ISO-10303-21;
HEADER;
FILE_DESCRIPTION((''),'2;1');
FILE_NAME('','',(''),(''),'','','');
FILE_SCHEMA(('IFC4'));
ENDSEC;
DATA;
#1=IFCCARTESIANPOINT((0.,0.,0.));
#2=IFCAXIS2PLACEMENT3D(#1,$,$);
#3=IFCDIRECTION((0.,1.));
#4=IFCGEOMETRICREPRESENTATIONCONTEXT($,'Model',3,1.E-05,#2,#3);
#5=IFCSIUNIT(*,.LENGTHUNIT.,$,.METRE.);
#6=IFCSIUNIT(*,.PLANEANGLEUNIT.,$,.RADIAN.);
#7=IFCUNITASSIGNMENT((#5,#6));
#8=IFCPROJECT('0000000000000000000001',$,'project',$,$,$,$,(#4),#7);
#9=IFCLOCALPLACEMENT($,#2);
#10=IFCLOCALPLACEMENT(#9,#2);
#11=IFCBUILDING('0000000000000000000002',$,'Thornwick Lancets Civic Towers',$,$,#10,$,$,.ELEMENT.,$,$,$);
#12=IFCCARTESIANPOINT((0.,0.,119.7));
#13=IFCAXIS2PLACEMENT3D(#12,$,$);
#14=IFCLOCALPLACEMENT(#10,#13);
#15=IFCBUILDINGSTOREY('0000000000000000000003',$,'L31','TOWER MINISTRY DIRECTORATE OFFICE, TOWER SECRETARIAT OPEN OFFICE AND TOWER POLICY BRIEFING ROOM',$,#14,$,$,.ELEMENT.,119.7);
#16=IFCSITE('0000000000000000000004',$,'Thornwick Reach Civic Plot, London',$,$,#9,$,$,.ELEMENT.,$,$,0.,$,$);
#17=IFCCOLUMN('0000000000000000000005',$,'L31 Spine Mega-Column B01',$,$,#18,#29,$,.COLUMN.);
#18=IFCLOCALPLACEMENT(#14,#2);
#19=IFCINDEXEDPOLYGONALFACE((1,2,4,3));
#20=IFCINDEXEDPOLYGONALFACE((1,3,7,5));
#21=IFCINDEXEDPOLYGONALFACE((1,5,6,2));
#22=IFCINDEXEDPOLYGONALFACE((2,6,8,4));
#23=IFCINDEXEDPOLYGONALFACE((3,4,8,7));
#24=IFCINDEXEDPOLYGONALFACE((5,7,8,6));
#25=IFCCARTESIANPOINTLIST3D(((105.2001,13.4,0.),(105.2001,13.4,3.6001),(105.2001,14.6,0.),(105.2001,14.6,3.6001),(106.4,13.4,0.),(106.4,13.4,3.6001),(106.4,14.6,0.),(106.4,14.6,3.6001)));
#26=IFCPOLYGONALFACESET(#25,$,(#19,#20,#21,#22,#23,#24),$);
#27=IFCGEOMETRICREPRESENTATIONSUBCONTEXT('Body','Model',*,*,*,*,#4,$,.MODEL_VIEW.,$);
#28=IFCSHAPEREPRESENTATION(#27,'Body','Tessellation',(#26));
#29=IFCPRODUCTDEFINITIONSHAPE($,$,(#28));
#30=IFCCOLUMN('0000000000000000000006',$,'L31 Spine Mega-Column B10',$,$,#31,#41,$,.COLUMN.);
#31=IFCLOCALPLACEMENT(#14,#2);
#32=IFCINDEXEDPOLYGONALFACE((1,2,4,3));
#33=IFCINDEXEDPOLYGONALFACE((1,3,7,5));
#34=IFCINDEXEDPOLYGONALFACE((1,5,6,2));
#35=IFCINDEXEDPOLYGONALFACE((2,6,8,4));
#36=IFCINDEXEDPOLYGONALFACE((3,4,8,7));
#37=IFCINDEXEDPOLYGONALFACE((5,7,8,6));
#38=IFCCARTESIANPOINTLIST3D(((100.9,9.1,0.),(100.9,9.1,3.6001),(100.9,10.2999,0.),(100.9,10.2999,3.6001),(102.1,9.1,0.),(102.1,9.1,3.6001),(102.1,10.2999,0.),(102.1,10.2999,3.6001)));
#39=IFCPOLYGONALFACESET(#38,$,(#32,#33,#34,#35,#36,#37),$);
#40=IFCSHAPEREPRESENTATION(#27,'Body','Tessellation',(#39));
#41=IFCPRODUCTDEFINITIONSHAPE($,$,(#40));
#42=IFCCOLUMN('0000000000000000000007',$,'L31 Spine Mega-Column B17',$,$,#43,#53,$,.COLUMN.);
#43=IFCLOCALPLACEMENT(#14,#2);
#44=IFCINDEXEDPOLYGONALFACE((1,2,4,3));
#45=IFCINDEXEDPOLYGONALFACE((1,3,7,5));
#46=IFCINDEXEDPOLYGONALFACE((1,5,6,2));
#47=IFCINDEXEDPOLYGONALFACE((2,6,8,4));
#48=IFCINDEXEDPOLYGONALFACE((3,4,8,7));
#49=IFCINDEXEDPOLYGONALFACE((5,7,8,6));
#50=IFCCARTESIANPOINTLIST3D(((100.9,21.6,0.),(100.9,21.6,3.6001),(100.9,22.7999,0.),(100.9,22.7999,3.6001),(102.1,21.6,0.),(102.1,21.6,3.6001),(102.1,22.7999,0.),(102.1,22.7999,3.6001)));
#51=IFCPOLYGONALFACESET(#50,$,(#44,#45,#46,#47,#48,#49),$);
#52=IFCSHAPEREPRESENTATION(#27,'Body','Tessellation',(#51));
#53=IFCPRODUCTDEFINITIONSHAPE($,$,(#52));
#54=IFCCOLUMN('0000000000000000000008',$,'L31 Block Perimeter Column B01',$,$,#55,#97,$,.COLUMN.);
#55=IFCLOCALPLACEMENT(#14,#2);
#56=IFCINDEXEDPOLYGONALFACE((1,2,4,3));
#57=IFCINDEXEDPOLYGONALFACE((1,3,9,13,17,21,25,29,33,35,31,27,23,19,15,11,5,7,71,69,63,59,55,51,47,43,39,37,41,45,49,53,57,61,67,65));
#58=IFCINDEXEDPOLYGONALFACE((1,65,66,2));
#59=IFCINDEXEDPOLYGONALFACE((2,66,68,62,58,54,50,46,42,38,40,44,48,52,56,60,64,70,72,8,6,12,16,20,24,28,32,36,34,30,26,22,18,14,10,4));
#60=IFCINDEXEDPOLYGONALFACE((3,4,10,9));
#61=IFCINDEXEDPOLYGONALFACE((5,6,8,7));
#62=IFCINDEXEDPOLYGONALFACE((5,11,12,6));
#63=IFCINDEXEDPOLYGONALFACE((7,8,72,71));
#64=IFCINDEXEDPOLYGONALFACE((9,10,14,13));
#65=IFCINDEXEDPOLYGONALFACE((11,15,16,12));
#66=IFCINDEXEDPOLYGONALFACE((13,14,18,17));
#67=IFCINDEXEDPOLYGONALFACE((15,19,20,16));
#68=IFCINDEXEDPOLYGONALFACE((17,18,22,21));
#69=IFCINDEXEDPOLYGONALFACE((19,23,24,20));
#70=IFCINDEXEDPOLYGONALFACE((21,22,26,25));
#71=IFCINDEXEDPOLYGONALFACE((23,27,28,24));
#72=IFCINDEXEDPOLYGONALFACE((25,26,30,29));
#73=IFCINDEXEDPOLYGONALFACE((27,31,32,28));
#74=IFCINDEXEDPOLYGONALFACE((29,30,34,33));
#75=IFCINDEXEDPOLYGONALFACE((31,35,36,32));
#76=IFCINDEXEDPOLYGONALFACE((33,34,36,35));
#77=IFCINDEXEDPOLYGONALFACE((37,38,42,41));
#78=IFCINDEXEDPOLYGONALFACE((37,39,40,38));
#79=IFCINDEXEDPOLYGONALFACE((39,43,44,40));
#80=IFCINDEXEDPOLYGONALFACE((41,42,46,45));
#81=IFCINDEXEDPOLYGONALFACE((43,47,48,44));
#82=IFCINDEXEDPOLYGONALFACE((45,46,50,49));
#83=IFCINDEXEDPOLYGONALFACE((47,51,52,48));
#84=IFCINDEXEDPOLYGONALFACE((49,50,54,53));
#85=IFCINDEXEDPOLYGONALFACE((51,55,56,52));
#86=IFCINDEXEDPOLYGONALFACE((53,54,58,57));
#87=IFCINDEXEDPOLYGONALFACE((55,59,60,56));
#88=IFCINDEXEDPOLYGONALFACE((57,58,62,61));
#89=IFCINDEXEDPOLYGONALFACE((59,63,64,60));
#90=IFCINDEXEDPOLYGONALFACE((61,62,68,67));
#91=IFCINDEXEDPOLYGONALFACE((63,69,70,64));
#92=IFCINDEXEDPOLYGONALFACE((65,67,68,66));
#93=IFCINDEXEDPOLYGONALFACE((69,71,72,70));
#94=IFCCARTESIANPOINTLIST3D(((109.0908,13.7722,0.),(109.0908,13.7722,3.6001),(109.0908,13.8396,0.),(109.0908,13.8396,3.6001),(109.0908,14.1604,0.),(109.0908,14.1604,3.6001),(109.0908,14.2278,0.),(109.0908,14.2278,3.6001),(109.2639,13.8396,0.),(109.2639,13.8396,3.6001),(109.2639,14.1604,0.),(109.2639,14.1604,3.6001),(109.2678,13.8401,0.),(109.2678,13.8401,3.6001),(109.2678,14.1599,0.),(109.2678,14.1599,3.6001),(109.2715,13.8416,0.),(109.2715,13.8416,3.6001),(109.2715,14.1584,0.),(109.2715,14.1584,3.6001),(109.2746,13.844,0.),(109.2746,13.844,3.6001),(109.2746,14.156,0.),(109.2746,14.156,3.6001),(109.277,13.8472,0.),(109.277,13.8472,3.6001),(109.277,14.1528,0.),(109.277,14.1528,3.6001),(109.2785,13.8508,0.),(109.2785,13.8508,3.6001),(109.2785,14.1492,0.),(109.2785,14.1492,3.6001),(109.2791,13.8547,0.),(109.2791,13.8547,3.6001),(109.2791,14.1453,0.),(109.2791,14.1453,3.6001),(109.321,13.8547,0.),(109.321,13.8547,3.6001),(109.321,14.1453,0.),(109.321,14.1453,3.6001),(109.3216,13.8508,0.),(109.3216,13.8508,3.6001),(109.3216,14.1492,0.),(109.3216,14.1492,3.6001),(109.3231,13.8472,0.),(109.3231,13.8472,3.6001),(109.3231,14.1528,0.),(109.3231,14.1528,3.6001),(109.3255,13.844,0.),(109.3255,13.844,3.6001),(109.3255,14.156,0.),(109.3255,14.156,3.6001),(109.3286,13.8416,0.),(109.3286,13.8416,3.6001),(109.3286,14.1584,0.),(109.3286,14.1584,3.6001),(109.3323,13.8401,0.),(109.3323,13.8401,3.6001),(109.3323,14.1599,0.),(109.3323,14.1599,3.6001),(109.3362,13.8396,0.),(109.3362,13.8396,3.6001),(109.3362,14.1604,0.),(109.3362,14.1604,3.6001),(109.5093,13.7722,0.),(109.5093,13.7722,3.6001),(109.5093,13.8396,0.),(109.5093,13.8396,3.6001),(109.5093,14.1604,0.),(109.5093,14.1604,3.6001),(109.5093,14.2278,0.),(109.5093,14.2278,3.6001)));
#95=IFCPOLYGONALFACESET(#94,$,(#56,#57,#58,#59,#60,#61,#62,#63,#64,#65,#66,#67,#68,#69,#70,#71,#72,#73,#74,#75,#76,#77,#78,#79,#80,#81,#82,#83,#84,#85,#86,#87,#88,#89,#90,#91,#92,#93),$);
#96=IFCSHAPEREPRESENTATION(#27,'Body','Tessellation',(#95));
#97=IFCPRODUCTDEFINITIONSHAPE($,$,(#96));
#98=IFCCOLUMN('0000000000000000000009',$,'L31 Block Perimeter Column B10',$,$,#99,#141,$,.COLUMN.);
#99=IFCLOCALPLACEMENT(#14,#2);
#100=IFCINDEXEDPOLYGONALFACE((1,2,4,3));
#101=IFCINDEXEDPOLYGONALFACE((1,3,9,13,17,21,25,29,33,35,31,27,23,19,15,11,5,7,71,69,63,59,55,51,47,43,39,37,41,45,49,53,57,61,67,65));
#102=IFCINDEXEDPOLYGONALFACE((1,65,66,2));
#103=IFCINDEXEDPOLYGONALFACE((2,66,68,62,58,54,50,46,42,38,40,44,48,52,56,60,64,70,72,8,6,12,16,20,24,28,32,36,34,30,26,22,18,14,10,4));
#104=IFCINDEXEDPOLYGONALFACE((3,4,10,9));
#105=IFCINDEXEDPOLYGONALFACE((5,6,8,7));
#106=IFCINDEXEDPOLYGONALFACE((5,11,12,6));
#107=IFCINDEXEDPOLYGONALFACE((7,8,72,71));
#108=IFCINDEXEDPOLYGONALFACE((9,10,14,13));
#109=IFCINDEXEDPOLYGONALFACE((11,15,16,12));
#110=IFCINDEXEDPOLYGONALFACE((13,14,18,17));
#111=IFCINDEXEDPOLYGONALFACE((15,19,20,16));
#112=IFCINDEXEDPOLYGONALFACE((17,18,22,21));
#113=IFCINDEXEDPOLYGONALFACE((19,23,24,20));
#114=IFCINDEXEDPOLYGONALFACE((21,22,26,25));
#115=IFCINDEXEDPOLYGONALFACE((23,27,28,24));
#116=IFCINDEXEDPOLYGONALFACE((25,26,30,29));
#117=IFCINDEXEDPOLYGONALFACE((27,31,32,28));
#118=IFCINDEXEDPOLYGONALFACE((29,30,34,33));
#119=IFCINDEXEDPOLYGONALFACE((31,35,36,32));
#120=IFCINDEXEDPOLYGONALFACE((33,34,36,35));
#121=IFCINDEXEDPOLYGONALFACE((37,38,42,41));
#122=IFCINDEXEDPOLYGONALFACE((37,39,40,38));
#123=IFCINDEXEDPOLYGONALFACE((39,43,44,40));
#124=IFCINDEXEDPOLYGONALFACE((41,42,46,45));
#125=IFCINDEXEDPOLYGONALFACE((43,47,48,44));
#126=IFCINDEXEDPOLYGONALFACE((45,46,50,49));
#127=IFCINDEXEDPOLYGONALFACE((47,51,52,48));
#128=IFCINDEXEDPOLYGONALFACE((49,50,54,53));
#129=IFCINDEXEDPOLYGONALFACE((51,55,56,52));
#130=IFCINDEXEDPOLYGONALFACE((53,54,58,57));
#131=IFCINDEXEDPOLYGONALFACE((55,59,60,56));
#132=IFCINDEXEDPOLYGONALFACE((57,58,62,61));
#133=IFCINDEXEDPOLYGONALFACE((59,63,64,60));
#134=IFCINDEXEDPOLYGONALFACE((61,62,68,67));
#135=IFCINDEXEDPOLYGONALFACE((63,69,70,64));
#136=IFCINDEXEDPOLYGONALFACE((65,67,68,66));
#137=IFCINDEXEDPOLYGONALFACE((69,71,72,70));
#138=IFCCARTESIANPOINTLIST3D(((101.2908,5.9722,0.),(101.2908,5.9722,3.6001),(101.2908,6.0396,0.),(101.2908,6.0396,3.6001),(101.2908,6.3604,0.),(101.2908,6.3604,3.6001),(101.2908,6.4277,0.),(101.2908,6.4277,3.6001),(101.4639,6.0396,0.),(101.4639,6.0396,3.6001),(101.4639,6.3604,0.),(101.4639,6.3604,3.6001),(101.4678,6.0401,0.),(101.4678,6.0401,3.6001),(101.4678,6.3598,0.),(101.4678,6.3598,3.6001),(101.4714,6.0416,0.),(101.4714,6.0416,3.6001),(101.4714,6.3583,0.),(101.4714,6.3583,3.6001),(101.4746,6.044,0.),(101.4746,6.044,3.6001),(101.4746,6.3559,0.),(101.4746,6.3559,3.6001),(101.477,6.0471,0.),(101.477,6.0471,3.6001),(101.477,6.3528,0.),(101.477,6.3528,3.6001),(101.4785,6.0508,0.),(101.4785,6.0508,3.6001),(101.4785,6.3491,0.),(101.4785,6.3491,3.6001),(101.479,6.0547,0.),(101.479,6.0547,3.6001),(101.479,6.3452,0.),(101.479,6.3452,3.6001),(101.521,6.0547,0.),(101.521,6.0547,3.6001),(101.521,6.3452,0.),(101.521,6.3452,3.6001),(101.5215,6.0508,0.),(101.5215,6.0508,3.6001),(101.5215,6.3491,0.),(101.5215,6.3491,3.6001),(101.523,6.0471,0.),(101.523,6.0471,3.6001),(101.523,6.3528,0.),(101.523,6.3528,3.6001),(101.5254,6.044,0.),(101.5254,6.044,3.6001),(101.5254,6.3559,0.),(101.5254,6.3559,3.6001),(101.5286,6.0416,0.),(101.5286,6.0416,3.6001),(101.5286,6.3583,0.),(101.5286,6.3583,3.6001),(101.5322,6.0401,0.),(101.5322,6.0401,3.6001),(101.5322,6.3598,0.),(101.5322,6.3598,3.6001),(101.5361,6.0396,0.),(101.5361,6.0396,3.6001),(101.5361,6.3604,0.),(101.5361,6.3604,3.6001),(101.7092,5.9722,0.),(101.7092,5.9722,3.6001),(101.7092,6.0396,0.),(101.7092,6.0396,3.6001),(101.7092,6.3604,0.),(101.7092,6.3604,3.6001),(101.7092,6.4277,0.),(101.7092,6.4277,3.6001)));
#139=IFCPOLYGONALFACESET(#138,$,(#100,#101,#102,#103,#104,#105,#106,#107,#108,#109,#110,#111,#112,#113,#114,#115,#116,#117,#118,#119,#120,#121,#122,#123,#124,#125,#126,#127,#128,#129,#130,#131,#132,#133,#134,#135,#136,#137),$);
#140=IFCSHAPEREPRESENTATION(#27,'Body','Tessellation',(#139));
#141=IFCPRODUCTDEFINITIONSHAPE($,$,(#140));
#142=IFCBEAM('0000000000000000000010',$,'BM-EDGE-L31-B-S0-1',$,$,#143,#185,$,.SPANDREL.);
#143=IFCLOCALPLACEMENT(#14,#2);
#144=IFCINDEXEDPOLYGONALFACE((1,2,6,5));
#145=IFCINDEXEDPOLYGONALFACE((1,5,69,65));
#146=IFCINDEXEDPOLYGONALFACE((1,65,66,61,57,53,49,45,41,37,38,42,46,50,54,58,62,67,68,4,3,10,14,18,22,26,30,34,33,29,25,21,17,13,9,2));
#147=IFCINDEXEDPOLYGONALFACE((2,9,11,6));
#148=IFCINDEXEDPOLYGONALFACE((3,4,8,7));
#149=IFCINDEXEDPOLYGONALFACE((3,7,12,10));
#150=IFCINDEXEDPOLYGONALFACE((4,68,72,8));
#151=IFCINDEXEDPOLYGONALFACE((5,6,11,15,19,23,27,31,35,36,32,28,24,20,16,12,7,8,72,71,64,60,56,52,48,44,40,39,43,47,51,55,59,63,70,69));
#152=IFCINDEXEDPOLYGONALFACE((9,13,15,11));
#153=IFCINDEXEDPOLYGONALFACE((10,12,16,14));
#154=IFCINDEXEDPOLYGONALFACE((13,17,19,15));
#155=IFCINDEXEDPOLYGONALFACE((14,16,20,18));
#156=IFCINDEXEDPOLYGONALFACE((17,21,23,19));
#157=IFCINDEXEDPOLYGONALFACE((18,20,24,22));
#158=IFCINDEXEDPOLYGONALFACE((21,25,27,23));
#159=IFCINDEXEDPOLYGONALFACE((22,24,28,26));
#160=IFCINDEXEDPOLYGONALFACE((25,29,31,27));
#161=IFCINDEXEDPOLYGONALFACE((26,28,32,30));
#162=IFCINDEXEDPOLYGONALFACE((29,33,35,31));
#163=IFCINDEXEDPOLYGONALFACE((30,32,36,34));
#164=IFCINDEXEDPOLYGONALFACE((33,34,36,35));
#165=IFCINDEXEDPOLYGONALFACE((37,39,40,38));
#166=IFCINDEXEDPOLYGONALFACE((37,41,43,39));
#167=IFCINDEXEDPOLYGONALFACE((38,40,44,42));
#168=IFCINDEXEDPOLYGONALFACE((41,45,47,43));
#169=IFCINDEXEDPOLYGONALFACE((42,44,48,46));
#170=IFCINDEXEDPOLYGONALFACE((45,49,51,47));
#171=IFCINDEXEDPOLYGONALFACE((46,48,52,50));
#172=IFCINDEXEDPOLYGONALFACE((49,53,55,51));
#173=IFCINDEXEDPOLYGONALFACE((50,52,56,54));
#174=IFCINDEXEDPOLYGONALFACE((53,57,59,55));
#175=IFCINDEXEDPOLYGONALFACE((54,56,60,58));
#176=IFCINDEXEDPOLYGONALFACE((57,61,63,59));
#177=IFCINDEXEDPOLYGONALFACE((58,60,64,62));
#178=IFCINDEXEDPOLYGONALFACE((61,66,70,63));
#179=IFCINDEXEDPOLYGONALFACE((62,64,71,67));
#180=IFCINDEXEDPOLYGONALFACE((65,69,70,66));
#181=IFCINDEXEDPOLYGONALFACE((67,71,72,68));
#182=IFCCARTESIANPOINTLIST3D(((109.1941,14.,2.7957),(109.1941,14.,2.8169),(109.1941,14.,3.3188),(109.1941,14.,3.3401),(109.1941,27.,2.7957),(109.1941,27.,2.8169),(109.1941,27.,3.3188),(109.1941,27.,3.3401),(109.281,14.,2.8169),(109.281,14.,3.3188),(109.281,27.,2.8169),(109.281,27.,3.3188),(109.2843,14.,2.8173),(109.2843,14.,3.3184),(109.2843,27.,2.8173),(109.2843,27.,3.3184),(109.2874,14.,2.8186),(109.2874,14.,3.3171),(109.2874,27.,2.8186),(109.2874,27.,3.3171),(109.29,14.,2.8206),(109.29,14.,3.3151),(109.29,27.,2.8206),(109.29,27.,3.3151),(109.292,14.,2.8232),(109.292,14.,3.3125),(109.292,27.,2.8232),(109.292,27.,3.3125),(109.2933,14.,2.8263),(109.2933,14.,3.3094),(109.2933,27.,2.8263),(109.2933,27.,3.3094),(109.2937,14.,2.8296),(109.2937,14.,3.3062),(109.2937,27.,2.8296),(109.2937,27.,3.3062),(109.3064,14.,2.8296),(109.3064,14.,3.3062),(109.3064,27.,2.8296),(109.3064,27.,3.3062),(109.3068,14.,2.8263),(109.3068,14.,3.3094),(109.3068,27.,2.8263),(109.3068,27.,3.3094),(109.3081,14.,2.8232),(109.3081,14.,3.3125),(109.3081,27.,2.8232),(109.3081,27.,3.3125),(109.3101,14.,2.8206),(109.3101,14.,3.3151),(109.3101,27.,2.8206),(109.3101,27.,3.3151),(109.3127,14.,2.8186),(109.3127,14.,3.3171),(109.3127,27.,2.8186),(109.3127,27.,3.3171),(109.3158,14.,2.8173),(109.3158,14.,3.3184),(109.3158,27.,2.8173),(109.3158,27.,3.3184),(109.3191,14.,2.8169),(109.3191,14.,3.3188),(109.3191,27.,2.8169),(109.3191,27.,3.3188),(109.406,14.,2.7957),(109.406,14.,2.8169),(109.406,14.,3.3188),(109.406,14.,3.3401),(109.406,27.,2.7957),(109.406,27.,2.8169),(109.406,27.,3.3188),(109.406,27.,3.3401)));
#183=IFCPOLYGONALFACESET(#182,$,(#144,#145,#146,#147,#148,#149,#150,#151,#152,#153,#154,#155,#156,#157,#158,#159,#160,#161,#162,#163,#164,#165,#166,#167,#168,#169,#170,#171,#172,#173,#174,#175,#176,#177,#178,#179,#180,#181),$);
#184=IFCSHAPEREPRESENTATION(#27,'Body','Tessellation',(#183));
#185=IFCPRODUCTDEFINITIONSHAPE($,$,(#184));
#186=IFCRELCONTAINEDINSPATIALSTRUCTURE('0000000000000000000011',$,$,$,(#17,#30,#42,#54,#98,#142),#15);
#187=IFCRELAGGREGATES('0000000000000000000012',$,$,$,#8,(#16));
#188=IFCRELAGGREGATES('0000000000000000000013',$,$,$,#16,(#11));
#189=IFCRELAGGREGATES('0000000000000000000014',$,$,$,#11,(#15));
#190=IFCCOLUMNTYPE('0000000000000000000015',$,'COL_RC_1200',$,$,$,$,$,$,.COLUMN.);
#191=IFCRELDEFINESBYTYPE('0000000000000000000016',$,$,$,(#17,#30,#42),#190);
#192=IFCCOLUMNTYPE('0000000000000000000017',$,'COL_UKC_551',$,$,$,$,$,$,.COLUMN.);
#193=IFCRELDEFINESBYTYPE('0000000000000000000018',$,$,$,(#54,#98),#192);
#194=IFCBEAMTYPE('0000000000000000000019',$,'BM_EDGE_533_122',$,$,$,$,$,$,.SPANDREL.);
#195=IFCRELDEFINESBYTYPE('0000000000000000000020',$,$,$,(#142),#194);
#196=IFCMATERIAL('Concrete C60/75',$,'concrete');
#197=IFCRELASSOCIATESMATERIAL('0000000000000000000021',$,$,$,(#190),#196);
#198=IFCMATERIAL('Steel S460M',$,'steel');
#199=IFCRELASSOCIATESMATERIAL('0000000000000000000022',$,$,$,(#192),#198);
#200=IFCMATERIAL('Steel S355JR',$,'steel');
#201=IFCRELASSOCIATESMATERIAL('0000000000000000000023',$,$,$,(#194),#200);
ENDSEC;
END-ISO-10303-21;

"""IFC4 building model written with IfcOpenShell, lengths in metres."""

from ifc_helpers import new_model, si_unit, direction, frame, origin, origin_2d, place, context, subcontext, project, spatial, rectangle, i_section, extrude, material, material_profile, profile_set, type_object, element, save


model = new_model("IFC4")

# Units and contexts
model_context = context("Model", 3, precision=1e-05, world=origin(), true_north=direction((0.0, 1.0)))
body_context = subcontext(model_context, "Body", "Model", "MODEL_VIEW")
ifc_project = project(units=[si_unit("LENGTHUNIT", "METRE"), si_unit("PLANEANGLEUNIT", "RADIAN")], contexts=[model_context])

# Site, building, storey
site_placement = place(None, origin())
site = spatial("IfcSite", under=ifc_project, at=site_placement, Name="Thornwick Reach Civic Plot, London", CompositionType="ELEMENT", RefElevation=0.0)
building_placement = place(site_placement, origin())
building = spatial("IfcBuilding", under=site, at=building_placement, Name="Thornwick Lancets Civic Towers", CompositionType="ELEMENT")
storey_placement = place(building_placement, frame((0.0, 0.0, 119.7)))
storey = spatial("IfcBuildingStorey", under=building, at=storey_placement, Name="L31", Description="TOWER MINISTRY DIRECTORATE OFFICE, TOWER SECRETARIAT OPEN OFFICE AND TOWER POLICY BRIEFING ROOM", CompositionType="ELEMENT", Elevation=119.7)

# Columns
ifc_material_1 = material(Name="Concrete C60/75", Category="concrete")
ifc_material_profile_1 = material_profile(ifc_material_1, rectangle(XDim=1.2, YDim=1.2, at=origin_2d()), Name="RC 1200x1200")
ifc_profile_set_1 = profile_set([ifc_material_profile_1], Name="Concrete C60/75")
column_type_1 = type_object("IfcColumnType", Name="COL_RC_1200", PredefinedType="COLUMN", material=ifc_profile_set_1)
for number, where, z_axis, x_axis, name in (
    (1, (105.8, 14.0, 0.0), (0.0, 0.0, 1.0), (1.0, 0.0, 0.0), "L31 Spine Mega-Column B01"),
    (2, (101.5, 9.7, 0.0), (0.0, 0.0, 1.0), (1.0, 0.0, 0.0), "L31 Spine Mega-Column B10"),
    (3, (101.5, 22.2, 0.0), (0.0, 0.0, 1.0), (1.0, 0.0, 0.0), "L31 Spine Mega-Column B17"),
):
    element("IfcColumn", number, at=place(storey_placement, frame(where, z_axis=z_axis, x_axis=x_axis)), inside=storey, type_object=column_type_1, Name=name, PredefinedType="COLUMN", context=body_context, shape_type="SweptSolid", body=[
        extrude(rectangle(XDim=1.2, YDim=1.2, at=origin_2d()), origin(), (0.0, 0.0, 1.0), 3.6001),
    ])
ifc_material_2 = material(Name="Steel S460M", Category="steel")
ifc_material_profile_2 = material_profile(ifc_material_2, i_section(OverallWidth=0.4185, OverallDepth=0.4556, WebThickness=0.042, FlangeThickness=0.0674, FilletRadius=0.0151, at=origin_2d()), Name="UKC 356x406x551")
ifc_profile_set_2 = profile_set([ifc_material_profile_2], Name="Steel S460M")
column_type_2 = type_object("IfcColumnType", Name="COL_UKC_551", PredefinedType="COLUMN", material=ifc_profile_set_2)
for number, where, z_axis, x_axis, name in (
    (4, (109.3, 14.0, 0.0), (0.0, 0.0, 1.0), (1.0, 0.0, 0.0), "L31 Block Perimeter Column B01"),
    (5, (101.5, 6.2, 0.0), (0.0, 0.0, 1.0), (1.0, 0.0, 0.0), "L31 Block Perimeter Column B10"),
):
    element("IfcColumn", number, at=place(storey_placement, frame(where, z_axis=z_axis, x_axis=x_axis)), inside=storey, type_object=column_type_2, Name=name, PredefinedType="COLUMN", context=body_context, shape_type="SweptSolid", body=[
        extrude(i_section(OverallWidth=0.4185, OverallDepth=0.4556, WebThickness=0.042, FlangeThickness=0.0674, FilletRadius=0.0151, at=origin_2d()), origin(), (0.0, 0.0, 1.0), 3.6001),
    ])

# Beam
ifc_material_3 = material(Name="Steel S355JR", Category="steel")
ifc_material_profile_3 = material_profile(ifc_material_3, i_section(OverallWidth=0.2119, OverallDepth=0.5444, WebThickness=0.0127, FlangeThickness=0.0212, FilletRadius=0.0127, at=origin_2d()), Name="UKB 533x210x122")
ifc_profile_set_3 = profile_set([ifc_material_profile_3], Name="Steel S355JR")
beam_type_1 = type_object("IfcBeamType", Name="BM_EDGE_533_122", PredefinedType="SPANDREL", material=ifc_profile_set_3)
for number, where, z_axis, x_axis, name in (
    (6, (109.3, 14.0, 3.0679), (0.0, 1.0, 0.0), (-1.0, 0.0, 0.0), "BM-EDGE-L31-B-S0-1"),
):
    element("IfcBeam", number, at=place(storey_placement, frame(where, z_axis=z_axis, x_axis=x_axis)), inside=storey, type_object=beam_type_1, Name=name, PredefinedType="SPANDREL", context=body_context, shape_type="SweptSolid", body=[
        extrude(i_section(OverallWidth=0.2119, OverallDepth=0.5444, WebThickness=0.0127, FlangeThickness=0.0212, FilletRadius=0.0127, at=origin_2d()), origin(), (0.0, 0.0, 1.0), 13.0),
    ])

save(model, "model.ifc")
